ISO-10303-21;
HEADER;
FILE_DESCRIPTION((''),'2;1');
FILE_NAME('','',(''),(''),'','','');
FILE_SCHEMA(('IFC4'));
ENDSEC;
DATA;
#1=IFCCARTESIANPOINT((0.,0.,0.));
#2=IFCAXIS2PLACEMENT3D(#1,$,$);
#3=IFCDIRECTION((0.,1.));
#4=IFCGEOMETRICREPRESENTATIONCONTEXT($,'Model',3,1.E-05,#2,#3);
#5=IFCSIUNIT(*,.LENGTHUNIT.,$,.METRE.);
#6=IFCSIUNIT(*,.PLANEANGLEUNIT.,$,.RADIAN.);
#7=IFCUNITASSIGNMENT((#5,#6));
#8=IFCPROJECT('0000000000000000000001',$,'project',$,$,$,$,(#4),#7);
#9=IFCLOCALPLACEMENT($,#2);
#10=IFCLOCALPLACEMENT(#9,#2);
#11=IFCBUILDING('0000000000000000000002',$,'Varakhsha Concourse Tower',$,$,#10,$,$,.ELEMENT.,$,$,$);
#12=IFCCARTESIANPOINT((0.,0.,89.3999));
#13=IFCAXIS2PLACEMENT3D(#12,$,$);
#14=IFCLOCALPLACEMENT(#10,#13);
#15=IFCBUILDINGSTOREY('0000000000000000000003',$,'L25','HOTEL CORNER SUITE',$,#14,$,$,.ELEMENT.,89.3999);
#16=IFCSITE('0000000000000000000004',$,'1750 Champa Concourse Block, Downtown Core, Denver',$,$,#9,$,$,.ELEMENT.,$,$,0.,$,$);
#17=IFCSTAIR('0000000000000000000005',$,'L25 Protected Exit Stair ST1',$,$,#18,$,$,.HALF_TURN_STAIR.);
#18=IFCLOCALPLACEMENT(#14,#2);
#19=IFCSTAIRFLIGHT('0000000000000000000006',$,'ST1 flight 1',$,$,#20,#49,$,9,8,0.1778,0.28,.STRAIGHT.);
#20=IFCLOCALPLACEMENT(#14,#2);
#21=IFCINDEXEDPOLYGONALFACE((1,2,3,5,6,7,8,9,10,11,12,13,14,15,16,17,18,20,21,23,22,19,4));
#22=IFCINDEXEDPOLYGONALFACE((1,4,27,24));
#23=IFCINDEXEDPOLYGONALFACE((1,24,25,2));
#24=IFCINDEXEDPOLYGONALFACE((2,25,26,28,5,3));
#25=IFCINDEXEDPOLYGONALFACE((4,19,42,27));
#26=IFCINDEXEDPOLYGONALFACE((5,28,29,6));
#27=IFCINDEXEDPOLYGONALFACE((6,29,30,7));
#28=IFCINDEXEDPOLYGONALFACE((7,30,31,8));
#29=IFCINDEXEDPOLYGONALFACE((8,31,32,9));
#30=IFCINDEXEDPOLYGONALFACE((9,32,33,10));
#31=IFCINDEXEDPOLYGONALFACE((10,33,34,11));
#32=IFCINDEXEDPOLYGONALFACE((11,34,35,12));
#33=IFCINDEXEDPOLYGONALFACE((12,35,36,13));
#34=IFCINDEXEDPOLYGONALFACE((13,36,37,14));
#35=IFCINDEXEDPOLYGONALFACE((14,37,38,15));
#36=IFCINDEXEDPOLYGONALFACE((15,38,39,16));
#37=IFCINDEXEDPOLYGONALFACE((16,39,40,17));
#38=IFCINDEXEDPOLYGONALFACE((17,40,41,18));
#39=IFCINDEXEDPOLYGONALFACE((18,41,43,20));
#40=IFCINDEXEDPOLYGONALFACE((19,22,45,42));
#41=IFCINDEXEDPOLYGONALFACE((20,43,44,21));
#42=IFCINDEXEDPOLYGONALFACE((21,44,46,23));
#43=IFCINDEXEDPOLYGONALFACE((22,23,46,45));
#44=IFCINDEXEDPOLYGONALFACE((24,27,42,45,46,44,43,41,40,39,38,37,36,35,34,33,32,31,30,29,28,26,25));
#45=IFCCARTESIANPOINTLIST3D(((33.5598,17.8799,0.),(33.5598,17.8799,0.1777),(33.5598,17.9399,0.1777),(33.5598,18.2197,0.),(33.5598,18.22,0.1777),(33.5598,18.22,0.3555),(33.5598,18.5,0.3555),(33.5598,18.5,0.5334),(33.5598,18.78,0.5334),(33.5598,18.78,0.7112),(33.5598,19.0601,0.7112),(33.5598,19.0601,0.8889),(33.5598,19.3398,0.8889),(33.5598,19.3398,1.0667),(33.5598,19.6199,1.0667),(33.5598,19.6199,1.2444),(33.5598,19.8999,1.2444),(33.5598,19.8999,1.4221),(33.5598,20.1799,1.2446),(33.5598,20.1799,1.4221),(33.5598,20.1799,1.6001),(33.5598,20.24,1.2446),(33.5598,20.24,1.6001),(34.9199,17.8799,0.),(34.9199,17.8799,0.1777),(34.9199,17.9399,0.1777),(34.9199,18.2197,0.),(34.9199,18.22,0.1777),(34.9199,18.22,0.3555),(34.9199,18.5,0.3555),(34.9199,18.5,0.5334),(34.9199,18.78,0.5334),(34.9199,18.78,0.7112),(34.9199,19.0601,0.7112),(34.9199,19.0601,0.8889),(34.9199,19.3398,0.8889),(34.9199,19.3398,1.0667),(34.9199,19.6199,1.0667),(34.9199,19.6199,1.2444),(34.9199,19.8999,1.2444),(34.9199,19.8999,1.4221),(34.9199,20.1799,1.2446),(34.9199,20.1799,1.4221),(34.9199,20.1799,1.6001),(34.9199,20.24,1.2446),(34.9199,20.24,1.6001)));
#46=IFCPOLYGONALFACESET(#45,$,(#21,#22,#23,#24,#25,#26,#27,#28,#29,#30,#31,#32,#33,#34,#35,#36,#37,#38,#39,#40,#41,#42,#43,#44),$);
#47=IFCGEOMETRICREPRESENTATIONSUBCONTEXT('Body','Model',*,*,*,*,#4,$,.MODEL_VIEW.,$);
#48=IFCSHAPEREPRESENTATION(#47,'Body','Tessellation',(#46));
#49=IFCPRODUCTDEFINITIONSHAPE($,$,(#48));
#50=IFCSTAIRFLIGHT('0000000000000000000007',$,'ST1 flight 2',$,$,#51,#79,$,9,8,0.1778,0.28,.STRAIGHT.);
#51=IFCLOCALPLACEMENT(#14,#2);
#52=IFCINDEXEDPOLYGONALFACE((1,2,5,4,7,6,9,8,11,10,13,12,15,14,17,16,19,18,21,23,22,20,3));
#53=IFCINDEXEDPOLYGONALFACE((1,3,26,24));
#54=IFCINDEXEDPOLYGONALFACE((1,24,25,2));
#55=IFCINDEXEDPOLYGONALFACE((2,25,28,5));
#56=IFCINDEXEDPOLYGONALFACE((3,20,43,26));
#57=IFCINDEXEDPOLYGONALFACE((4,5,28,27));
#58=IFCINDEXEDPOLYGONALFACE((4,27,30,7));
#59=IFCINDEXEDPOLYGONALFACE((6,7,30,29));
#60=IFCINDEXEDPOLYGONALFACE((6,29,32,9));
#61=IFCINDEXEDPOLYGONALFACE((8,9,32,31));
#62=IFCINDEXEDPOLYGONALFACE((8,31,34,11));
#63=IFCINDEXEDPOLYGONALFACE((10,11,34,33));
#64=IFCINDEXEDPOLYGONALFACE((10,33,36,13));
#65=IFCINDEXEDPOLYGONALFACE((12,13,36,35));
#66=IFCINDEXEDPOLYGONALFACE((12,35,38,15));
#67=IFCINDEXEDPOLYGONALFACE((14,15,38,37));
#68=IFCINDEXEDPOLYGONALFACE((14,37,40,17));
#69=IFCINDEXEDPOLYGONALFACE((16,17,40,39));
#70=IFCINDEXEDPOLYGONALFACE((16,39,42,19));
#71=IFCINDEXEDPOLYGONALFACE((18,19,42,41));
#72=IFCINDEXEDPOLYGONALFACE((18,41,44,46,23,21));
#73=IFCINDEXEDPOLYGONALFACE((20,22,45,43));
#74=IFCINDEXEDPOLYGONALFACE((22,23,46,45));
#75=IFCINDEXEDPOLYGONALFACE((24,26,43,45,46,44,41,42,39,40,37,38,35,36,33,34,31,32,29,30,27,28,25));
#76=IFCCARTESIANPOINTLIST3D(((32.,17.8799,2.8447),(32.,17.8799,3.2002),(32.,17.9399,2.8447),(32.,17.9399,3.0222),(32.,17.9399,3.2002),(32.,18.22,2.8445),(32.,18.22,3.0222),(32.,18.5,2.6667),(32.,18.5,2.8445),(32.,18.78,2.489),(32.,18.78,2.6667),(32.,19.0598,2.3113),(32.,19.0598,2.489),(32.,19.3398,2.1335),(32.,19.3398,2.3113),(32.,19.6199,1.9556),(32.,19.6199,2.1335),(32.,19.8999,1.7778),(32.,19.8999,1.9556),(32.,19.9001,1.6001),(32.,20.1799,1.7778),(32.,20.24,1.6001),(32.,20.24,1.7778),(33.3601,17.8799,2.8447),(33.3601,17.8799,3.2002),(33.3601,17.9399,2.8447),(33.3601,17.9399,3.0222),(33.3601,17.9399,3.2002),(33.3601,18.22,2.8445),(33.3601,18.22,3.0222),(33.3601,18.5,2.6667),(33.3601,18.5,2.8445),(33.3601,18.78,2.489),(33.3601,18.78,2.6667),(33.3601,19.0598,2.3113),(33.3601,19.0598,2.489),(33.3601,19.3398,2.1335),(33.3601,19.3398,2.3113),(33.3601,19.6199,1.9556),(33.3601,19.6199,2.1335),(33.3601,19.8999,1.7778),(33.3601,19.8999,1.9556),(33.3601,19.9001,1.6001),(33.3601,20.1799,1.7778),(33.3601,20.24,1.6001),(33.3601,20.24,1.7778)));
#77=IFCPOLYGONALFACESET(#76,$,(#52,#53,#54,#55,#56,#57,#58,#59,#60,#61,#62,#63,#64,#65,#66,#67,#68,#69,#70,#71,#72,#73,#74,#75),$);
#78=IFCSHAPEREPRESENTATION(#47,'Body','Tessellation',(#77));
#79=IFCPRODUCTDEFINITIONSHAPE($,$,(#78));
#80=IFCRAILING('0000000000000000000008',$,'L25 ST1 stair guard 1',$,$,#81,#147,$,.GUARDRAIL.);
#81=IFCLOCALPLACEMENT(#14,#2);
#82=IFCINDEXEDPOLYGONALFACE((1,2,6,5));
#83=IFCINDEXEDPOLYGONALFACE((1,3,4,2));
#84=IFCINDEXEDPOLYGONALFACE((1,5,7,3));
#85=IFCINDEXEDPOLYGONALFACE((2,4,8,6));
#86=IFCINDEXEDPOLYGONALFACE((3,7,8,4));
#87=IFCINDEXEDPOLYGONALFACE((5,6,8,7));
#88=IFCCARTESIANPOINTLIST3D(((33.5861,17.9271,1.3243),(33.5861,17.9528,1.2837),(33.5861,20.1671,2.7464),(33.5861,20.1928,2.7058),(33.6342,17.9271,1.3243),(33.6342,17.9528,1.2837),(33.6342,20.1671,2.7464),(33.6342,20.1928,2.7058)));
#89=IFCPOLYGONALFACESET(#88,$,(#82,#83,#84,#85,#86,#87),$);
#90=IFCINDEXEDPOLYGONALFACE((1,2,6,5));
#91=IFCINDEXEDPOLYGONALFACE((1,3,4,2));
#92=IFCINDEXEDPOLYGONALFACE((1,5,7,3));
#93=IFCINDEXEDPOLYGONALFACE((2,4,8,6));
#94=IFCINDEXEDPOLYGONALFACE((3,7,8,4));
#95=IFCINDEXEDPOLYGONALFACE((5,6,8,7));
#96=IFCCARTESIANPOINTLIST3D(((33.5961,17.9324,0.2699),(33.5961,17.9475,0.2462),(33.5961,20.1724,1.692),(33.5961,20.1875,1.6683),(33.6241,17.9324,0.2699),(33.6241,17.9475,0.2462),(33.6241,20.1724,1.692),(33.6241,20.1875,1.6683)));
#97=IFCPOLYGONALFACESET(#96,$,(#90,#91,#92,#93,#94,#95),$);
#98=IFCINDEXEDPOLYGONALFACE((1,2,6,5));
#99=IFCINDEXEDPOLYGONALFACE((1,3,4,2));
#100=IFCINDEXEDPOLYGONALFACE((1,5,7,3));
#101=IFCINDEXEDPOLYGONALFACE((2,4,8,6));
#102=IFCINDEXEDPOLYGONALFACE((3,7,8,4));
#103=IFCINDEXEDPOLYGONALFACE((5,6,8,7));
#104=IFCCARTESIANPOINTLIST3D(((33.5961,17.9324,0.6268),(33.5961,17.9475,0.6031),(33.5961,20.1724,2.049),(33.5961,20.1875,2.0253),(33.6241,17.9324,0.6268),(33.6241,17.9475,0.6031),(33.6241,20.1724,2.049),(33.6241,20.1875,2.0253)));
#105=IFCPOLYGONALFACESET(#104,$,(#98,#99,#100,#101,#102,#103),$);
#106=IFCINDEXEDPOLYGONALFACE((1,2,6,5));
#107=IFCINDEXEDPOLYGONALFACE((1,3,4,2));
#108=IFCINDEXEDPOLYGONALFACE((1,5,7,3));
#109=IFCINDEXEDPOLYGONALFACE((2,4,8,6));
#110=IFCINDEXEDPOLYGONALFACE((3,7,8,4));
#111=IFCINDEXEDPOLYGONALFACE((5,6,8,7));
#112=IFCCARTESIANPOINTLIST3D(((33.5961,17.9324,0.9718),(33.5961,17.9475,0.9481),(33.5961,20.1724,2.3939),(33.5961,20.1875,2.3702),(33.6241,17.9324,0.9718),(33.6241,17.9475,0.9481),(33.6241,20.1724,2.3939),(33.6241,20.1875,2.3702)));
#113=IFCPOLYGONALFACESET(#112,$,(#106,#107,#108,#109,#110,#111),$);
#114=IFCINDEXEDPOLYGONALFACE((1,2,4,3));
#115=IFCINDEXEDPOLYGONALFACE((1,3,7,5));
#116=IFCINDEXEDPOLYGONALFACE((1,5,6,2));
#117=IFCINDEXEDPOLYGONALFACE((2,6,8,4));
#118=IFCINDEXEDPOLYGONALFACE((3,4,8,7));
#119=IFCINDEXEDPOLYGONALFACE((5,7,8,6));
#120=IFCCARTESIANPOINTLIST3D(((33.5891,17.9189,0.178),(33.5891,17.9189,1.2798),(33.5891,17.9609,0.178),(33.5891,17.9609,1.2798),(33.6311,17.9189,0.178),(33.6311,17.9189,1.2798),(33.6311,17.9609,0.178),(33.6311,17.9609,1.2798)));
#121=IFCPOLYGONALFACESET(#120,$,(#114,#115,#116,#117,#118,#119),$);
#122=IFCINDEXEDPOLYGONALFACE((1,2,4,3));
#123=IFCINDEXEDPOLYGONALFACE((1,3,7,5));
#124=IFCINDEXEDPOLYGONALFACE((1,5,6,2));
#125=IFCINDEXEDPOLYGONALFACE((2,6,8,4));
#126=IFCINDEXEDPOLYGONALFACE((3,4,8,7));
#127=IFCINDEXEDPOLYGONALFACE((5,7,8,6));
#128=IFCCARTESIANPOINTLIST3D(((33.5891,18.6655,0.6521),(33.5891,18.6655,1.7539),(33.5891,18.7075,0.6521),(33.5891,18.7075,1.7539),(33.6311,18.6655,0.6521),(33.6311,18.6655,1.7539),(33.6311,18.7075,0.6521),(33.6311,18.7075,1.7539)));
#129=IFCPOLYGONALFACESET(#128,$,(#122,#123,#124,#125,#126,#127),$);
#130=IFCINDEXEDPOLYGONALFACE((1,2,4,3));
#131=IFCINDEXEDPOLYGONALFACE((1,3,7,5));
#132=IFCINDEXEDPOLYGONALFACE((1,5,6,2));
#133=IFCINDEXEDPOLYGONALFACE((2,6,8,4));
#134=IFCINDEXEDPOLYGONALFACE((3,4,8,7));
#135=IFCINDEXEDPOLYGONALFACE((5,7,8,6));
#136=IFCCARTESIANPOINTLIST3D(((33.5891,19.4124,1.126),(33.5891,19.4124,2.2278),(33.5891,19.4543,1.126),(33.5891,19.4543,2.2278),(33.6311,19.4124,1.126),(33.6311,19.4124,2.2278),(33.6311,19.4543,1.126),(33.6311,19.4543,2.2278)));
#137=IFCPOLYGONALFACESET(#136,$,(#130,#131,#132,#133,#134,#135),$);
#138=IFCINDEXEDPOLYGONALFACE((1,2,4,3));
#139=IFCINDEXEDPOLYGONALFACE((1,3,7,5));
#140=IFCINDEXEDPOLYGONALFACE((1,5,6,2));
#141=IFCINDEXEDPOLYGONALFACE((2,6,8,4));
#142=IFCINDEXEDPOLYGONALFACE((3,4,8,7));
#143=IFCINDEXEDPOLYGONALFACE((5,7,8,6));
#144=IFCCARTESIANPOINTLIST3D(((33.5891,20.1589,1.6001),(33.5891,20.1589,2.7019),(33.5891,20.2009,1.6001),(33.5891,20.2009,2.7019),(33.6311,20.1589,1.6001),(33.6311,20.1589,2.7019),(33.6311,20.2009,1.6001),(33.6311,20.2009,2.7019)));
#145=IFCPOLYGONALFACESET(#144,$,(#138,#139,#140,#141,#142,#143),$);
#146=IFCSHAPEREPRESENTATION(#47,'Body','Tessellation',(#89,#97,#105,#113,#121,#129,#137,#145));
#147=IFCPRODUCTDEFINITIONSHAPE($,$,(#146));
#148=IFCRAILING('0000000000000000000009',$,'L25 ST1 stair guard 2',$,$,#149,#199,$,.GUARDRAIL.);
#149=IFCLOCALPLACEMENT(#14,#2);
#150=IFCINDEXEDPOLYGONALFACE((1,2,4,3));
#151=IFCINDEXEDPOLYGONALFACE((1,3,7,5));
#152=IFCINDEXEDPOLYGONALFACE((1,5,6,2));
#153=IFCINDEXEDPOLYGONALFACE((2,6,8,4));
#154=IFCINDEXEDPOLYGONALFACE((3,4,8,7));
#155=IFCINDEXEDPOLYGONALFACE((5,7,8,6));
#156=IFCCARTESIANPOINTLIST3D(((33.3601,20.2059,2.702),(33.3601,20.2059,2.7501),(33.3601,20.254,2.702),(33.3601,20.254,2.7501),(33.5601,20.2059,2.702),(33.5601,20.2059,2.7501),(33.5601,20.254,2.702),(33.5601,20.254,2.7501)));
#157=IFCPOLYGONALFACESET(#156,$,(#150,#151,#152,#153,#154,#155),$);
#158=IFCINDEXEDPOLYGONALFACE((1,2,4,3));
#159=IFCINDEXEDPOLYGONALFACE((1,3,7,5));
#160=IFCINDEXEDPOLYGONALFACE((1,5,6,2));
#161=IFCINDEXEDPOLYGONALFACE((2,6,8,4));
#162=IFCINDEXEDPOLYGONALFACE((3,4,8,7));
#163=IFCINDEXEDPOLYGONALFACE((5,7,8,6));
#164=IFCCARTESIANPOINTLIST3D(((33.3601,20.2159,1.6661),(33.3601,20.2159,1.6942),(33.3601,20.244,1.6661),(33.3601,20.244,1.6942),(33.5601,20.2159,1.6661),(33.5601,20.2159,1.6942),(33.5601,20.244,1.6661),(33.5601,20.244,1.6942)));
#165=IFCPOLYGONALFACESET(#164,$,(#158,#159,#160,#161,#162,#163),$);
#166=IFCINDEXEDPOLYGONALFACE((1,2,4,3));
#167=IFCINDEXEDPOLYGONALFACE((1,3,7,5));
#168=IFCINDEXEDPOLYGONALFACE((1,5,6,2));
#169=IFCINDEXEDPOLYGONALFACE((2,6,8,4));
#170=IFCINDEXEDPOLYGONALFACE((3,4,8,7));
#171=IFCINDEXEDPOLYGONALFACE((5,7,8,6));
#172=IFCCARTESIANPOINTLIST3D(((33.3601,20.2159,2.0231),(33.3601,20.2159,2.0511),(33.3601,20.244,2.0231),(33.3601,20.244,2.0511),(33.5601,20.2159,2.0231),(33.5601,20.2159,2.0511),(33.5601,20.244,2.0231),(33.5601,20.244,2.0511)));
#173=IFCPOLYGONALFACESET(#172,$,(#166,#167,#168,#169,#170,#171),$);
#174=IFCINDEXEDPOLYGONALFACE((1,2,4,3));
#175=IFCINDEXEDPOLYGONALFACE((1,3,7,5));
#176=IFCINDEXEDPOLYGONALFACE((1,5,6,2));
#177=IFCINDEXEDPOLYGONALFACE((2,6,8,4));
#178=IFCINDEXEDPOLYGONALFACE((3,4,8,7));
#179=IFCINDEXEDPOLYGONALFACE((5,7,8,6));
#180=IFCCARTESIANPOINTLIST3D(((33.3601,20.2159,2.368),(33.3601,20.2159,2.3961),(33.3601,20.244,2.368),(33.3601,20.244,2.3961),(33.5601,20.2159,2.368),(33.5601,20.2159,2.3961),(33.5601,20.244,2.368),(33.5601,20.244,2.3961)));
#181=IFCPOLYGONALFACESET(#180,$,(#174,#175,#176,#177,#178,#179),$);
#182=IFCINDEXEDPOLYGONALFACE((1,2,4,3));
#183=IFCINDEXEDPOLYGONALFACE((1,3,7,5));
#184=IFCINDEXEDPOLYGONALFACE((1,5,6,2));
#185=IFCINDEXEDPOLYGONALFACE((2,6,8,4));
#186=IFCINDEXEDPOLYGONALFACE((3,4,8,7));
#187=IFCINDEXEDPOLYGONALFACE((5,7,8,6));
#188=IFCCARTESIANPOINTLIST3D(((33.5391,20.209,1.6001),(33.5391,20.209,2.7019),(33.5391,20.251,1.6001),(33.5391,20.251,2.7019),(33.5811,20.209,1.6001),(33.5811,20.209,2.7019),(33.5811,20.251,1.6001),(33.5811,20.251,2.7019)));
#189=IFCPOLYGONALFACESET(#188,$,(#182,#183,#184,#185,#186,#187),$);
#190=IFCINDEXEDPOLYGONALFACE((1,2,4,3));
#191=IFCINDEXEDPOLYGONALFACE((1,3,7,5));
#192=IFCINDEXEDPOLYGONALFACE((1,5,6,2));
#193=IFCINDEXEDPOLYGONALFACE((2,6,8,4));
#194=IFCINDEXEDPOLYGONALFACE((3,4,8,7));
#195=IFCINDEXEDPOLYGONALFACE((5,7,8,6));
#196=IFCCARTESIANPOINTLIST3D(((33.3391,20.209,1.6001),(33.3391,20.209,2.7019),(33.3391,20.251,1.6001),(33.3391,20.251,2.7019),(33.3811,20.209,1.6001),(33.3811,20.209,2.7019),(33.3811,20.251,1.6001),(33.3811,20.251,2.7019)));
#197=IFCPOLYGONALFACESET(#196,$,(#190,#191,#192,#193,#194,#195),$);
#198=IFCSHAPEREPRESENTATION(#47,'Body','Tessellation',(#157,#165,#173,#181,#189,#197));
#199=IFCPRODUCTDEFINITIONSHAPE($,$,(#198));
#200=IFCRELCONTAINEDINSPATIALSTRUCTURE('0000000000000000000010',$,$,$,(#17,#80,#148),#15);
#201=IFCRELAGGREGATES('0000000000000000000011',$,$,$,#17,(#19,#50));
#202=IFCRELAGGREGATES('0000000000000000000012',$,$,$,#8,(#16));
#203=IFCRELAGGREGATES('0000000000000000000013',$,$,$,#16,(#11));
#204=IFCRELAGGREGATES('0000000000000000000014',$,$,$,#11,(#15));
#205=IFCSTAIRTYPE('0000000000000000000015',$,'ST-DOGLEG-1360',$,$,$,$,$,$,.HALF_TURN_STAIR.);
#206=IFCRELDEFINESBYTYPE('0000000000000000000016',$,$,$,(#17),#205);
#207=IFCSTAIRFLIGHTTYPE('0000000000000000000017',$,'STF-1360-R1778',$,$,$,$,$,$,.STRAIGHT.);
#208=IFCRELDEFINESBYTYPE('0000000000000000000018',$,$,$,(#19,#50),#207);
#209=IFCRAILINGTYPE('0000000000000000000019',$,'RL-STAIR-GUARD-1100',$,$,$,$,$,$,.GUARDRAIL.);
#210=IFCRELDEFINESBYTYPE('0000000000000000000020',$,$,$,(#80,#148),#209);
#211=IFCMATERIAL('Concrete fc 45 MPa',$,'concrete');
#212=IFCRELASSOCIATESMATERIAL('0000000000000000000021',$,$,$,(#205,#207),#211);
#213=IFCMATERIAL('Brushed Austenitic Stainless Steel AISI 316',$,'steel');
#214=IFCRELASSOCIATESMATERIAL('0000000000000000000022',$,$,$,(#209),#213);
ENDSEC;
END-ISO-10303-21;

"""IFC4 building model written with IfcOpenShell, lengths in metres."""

from ifc_helpers import new_model, si_unit, direction, frame, origin, origin_2d, place, context, subcontext, project, spatial, polyline, rectangle, outline, extrude, material, type_object, element, aggregate, save


model = new_model("IFC4")

# Units and contexts
model_context = context("Model", 3, precision=1e-05, world=origin(), true_north=direction((0.0, 1.0)))
body_context = subcontext(model_context, "Body", "Model", "MODEL_VIEW")
ifc_project = project(units=[si_unit("LENGTHUNIT", "METRE"), si_unit("PLANEANGLEUNIT", "RADIAN")], contexts=[model_context])

# Site, building, storey
site_placement = place(None, origin())
site = spatial("IfcSite", under=ifc_project, at=site_placement, Name="1750 Champa Concourse Block, Downtown Core, Denver", CompositionType="ELEMENT", RefElevation=0.0)
building_placement = place(site_placement, origin())
building = spatial("IfcBuilding", under=site, at=building_placement, Name="Varakhsha Concourse Tower", CompositionType="ELEMENT")
storey_placement = place(building_placement, frame((0.0, 0.0, 89.3999)))
storey = spatial("IfcBuildingStorey", under=building, at=storey_placement, Name="L25", Description="HOTEL CORNER SUITE", CompositionType="ELEMENT", Elevation=89.3999)

# Shared definitions
ifc_material_1 = material(Name="Concrete fc 45 MPa", Category="concrete")

# Stair, stair flights
stair_type = type_object("IfcStairType", Name="ST-DOGLEG-1360", PredefinedType="HALF_TURN_STAIR", material=ifc_material_1)
stair_placement = place(storey_placement, origin())
stair = element("IfcStair", 1, at=stair_placement, inside=storey, type_object=stair_type, Name="L25 Protected Exit Stair ST1", PredefinedType="HALF_TURN_STAIR")
stair_flight_type = type_object("IfcStairFlightType", Name="STF-1360-R1778", PredefinedType="STRAIGHT", material=ifc_material_1)
stair_flight_1_placement = place(storey_placement, frame((34.24, 17.9399, 0.0), z_axis=(0.0, 0.0, 1.0), x_axis=(0.0, 1.0, 0.0)))
stair_flight_1 = element("IfcStairFlight", 2, at=stair_flight_1_placement, type_object=stair_flight_type, Name="ST1 flight 1", NumberOfRisers=9, NumberOfTreads=8, PredefinedType="STRAIGHT", RiserHeight=0.1778, TreadLength=0.28, context=body_context, shape_type="SweptSolid", body=[
    extrude(outline(polyline([(-0.0601, 0.0), (-0.0601, 0.1777), (0.0, 0.1777), (0.28, 0.1777), (0.28, 0.3555), (0.5601, 0.3555), (0.5601, 0.5334), (0.8401, 0.5334), (0.8401, 0.7112), (1.1201, 0.7112), (1.1201, 0.8889), (1.3999, 0.8889), (1.3999, 1.0667), (1.6799, 1.0667), (1.6799, 1.2444), (1.96, 1.2444), (1.96, 1.4221), (2.24, 1.4221), (2.24, 1.6001), (2.3, 1.6001), (2.3, 1.2446), (2.24, 1.2446), (0.2798, 0.0), (-0.0601, 0.0)])), frame((0.0, 0.6802, 0.0), z_axis=(0.0, -1.0, 0.0), x_axis=(1.0, 0.0, 0.0)), (0.0, 0.0, 1.0), 1.3601),
])
stair_flight_2_placement = place(storey_placement, frame((32.6799, 20.1799, 1.6001), z_axis=(0.0, 0.0, 1.0), x_axis=(0.0, -1.0, 0.0)))
stair_flight_2 = element("IfcStairFlight", 3, at=stair_flight_2_placement, type_object=stair_flight_type, Name="ST1 flight 2", NumberOfRisers=9, NumberOfTreads=8, PredefinedType="STRAIGHT", RiserHeight=0.1778, TreadLength=0.28, context=body_context, shape_type="SweptSolid", body=[
    extrude(outline(polyline([(-0.0601, 0.0), (-0.0601, 0.1777), (0.0, 0.1777), (0.28, 0.1777), (0.28, 0.3555), (0.5601, 0.3555), (0.5601, 0.5334), (0.8401, 0.5334), (0.8401, 0.7112), (1.1201, 0.7112), (1.1201, 0.8889), (1.3999, 0.8889), (1.3999, 1.0667), (1.6799, 1.0667), (1.6799, 1.2444), (1.96, 1.2444), (1.96, 1.4221), (2.24, 1.4221), (2.24, 1.6001), (2.3, 1.6001), (2.3, 1.2446), (2.24, 1.2446), (0.2798, 0.0), (-0.0601, 0.0)])), frame((0.0, 0.6802, 0.0), z_axis=(0.0, -1.0, 0.0), x_axis=(1.0, 0.0, 0.0)), (0.0, 0.0, 1.0), 1.3601),
])
aggregate(stair, [stair_flight_1, stair_flight_2])

# Railings
ifc_material_2 = material(Name="Brushed Austenitic Stainless Steel AISI 316", Category="steel")
railing_type_1 = type_object("IfcRailingType", Name="RL-STAIR-GUARD-1100", PredefinedType="GUARDRAIL", material=ifc_material_2)
railing_1_placement = place(storey_placement, frame((33.6101, 17.9399, 0.178)))
element("IfcRailing", 4, at=railing_1_placement, inside=storey, type_object=railing_type_1, Name="L25 ST1 stair guard 1", PredefinedType="GUARDRAIL", context=body_context, shape_type="SweptSolid", body=[
    extrude(rectangle(XDim=0.0481, YDim=0.0481, at=origin_2d()), frame((0.0, 0.0, 1.126), z_axis=(0.0, 0.844229, 0.535982), x_axis=(-1.0, 0.0, 0.0)), (0.0, 0.0, 1.0), 2.6533),
    extrude(rectangle(XDim=0.0281, YDim=0.0281, at=origin_2d()), frame((0.0, 0.0, 0.0801), z_axis=(0.0, 0.844229, 0.535982), x_axis=(-1.0, 0.0, 0.0)), (0.0, 0.0, 1.0), 2.6533),
    extrude(rectangle(XDim=0.0281, YDim=0.0281, at=origin_2d()), frame((0.0, 0.0, 0.437), z_axis=(0.0, 0.844229, 0.535982), x_axis=(-1.0, 0.0, 0.0)), (0.0, 0.0, 1.0), 2.6533),
    extrude(rectangle(XDim=0.0281, YDim=0.0281, at=origin_2d()), frame((0.0, 0.0, 0.782), z_axis=(0.0, 0.844229, 0.535982), x_axis=(-1.0, 0.0, 0.0)), (0.0, 0.0, 1.0), 2.6533),
    extrude(rectangle(XDim=0.042, YDim=0.042, at=origin_2d()), origin(), (0.0, 0.0, 1.0), 1.1018),
    extrude(rectangle(XDim=0.042, YDim=0.042, at=origin_2d()), frame((0.0, 0.7466, 0.4741)), (0.0, 0.0, 1.0), 1.1018),
    extrude(rectangle(XDim=0.042, YDim=0.042, at=origin_2d()), frame((0.0, 1.4934, 0.948)), (0.0, 0.0, 1.0), 1.1018),
    extrude(rectangle(XDim=0.042, YDim=0.042, at=origin_2d()), frame((0.0, 2.24, 1.4221)), (0.0, 0.0, 1.0), 1.1018),
])
railing_2_placement = place(storey_placement, frame((33.5601, 20.23, 1.6001)))
element("IfcRailing", 5, at=railing_2_placement, inside=storey, type_object=railing_type_1, Name="L25 ST1 stair guard 2", PredefinedType="GUARDRAIL", context=body_context, shape_type="SweptSolid", body=[
    extrude(rectangle(XDim=0.0481, YDim=0.0481, at=origin_2d()), frame((0.0, 0.0, 1.126), z_axis=(-1.0, 0.0, 0.0), x_axis=(0.0, -1.0, 0.0)), (0.0, 0.0, 1.0), 0.2),
    extrude(rectangle(XDim=0.0281, YDim=0.0281, at=origin_2d()), frame((0.0, 0.0, 0.0801), z_axis=(-1.0, 0.0, 0.0), x_axis=(0.0, -1.0, 0.0)), (0.0, 0.0, 1.0), 0.2),
    extrude(rectangle(XDim=0.0281, YDim=0.0281, at=origin_2d()), frame((0.0, 0.0, 0.437), z_axis=(-1.0, 0.0, 0.0), x_axis=(0.0, -1.0, 0.0)), (0.0, 0.0, 1.0), 0.2),
    extrude(rectangle(XDim=0.0281, YDim=0.0281, at=origin_2d()), frame((0.0, 0.0, 0.782), z_axis=(-1.0, 0.0, 0.0), x_axis=(0.0, -1.0, 0.0)), (0.0, 0.0, 1.0), 0.2),
    extrude(rectangle(XDim=0.042, YDim=0.042, at=origin_2d()), origin(), (0.0, 0.0, 1.0), 1.1018),
    extrude(rectangle(XDim=0.042, YDim=0.042, at=origin_2d()), frame((-0.2, 0.0, 0.0)), (0.0, 0.0, 1.0), 1.1018),
])

save(model, "model.ifc")
